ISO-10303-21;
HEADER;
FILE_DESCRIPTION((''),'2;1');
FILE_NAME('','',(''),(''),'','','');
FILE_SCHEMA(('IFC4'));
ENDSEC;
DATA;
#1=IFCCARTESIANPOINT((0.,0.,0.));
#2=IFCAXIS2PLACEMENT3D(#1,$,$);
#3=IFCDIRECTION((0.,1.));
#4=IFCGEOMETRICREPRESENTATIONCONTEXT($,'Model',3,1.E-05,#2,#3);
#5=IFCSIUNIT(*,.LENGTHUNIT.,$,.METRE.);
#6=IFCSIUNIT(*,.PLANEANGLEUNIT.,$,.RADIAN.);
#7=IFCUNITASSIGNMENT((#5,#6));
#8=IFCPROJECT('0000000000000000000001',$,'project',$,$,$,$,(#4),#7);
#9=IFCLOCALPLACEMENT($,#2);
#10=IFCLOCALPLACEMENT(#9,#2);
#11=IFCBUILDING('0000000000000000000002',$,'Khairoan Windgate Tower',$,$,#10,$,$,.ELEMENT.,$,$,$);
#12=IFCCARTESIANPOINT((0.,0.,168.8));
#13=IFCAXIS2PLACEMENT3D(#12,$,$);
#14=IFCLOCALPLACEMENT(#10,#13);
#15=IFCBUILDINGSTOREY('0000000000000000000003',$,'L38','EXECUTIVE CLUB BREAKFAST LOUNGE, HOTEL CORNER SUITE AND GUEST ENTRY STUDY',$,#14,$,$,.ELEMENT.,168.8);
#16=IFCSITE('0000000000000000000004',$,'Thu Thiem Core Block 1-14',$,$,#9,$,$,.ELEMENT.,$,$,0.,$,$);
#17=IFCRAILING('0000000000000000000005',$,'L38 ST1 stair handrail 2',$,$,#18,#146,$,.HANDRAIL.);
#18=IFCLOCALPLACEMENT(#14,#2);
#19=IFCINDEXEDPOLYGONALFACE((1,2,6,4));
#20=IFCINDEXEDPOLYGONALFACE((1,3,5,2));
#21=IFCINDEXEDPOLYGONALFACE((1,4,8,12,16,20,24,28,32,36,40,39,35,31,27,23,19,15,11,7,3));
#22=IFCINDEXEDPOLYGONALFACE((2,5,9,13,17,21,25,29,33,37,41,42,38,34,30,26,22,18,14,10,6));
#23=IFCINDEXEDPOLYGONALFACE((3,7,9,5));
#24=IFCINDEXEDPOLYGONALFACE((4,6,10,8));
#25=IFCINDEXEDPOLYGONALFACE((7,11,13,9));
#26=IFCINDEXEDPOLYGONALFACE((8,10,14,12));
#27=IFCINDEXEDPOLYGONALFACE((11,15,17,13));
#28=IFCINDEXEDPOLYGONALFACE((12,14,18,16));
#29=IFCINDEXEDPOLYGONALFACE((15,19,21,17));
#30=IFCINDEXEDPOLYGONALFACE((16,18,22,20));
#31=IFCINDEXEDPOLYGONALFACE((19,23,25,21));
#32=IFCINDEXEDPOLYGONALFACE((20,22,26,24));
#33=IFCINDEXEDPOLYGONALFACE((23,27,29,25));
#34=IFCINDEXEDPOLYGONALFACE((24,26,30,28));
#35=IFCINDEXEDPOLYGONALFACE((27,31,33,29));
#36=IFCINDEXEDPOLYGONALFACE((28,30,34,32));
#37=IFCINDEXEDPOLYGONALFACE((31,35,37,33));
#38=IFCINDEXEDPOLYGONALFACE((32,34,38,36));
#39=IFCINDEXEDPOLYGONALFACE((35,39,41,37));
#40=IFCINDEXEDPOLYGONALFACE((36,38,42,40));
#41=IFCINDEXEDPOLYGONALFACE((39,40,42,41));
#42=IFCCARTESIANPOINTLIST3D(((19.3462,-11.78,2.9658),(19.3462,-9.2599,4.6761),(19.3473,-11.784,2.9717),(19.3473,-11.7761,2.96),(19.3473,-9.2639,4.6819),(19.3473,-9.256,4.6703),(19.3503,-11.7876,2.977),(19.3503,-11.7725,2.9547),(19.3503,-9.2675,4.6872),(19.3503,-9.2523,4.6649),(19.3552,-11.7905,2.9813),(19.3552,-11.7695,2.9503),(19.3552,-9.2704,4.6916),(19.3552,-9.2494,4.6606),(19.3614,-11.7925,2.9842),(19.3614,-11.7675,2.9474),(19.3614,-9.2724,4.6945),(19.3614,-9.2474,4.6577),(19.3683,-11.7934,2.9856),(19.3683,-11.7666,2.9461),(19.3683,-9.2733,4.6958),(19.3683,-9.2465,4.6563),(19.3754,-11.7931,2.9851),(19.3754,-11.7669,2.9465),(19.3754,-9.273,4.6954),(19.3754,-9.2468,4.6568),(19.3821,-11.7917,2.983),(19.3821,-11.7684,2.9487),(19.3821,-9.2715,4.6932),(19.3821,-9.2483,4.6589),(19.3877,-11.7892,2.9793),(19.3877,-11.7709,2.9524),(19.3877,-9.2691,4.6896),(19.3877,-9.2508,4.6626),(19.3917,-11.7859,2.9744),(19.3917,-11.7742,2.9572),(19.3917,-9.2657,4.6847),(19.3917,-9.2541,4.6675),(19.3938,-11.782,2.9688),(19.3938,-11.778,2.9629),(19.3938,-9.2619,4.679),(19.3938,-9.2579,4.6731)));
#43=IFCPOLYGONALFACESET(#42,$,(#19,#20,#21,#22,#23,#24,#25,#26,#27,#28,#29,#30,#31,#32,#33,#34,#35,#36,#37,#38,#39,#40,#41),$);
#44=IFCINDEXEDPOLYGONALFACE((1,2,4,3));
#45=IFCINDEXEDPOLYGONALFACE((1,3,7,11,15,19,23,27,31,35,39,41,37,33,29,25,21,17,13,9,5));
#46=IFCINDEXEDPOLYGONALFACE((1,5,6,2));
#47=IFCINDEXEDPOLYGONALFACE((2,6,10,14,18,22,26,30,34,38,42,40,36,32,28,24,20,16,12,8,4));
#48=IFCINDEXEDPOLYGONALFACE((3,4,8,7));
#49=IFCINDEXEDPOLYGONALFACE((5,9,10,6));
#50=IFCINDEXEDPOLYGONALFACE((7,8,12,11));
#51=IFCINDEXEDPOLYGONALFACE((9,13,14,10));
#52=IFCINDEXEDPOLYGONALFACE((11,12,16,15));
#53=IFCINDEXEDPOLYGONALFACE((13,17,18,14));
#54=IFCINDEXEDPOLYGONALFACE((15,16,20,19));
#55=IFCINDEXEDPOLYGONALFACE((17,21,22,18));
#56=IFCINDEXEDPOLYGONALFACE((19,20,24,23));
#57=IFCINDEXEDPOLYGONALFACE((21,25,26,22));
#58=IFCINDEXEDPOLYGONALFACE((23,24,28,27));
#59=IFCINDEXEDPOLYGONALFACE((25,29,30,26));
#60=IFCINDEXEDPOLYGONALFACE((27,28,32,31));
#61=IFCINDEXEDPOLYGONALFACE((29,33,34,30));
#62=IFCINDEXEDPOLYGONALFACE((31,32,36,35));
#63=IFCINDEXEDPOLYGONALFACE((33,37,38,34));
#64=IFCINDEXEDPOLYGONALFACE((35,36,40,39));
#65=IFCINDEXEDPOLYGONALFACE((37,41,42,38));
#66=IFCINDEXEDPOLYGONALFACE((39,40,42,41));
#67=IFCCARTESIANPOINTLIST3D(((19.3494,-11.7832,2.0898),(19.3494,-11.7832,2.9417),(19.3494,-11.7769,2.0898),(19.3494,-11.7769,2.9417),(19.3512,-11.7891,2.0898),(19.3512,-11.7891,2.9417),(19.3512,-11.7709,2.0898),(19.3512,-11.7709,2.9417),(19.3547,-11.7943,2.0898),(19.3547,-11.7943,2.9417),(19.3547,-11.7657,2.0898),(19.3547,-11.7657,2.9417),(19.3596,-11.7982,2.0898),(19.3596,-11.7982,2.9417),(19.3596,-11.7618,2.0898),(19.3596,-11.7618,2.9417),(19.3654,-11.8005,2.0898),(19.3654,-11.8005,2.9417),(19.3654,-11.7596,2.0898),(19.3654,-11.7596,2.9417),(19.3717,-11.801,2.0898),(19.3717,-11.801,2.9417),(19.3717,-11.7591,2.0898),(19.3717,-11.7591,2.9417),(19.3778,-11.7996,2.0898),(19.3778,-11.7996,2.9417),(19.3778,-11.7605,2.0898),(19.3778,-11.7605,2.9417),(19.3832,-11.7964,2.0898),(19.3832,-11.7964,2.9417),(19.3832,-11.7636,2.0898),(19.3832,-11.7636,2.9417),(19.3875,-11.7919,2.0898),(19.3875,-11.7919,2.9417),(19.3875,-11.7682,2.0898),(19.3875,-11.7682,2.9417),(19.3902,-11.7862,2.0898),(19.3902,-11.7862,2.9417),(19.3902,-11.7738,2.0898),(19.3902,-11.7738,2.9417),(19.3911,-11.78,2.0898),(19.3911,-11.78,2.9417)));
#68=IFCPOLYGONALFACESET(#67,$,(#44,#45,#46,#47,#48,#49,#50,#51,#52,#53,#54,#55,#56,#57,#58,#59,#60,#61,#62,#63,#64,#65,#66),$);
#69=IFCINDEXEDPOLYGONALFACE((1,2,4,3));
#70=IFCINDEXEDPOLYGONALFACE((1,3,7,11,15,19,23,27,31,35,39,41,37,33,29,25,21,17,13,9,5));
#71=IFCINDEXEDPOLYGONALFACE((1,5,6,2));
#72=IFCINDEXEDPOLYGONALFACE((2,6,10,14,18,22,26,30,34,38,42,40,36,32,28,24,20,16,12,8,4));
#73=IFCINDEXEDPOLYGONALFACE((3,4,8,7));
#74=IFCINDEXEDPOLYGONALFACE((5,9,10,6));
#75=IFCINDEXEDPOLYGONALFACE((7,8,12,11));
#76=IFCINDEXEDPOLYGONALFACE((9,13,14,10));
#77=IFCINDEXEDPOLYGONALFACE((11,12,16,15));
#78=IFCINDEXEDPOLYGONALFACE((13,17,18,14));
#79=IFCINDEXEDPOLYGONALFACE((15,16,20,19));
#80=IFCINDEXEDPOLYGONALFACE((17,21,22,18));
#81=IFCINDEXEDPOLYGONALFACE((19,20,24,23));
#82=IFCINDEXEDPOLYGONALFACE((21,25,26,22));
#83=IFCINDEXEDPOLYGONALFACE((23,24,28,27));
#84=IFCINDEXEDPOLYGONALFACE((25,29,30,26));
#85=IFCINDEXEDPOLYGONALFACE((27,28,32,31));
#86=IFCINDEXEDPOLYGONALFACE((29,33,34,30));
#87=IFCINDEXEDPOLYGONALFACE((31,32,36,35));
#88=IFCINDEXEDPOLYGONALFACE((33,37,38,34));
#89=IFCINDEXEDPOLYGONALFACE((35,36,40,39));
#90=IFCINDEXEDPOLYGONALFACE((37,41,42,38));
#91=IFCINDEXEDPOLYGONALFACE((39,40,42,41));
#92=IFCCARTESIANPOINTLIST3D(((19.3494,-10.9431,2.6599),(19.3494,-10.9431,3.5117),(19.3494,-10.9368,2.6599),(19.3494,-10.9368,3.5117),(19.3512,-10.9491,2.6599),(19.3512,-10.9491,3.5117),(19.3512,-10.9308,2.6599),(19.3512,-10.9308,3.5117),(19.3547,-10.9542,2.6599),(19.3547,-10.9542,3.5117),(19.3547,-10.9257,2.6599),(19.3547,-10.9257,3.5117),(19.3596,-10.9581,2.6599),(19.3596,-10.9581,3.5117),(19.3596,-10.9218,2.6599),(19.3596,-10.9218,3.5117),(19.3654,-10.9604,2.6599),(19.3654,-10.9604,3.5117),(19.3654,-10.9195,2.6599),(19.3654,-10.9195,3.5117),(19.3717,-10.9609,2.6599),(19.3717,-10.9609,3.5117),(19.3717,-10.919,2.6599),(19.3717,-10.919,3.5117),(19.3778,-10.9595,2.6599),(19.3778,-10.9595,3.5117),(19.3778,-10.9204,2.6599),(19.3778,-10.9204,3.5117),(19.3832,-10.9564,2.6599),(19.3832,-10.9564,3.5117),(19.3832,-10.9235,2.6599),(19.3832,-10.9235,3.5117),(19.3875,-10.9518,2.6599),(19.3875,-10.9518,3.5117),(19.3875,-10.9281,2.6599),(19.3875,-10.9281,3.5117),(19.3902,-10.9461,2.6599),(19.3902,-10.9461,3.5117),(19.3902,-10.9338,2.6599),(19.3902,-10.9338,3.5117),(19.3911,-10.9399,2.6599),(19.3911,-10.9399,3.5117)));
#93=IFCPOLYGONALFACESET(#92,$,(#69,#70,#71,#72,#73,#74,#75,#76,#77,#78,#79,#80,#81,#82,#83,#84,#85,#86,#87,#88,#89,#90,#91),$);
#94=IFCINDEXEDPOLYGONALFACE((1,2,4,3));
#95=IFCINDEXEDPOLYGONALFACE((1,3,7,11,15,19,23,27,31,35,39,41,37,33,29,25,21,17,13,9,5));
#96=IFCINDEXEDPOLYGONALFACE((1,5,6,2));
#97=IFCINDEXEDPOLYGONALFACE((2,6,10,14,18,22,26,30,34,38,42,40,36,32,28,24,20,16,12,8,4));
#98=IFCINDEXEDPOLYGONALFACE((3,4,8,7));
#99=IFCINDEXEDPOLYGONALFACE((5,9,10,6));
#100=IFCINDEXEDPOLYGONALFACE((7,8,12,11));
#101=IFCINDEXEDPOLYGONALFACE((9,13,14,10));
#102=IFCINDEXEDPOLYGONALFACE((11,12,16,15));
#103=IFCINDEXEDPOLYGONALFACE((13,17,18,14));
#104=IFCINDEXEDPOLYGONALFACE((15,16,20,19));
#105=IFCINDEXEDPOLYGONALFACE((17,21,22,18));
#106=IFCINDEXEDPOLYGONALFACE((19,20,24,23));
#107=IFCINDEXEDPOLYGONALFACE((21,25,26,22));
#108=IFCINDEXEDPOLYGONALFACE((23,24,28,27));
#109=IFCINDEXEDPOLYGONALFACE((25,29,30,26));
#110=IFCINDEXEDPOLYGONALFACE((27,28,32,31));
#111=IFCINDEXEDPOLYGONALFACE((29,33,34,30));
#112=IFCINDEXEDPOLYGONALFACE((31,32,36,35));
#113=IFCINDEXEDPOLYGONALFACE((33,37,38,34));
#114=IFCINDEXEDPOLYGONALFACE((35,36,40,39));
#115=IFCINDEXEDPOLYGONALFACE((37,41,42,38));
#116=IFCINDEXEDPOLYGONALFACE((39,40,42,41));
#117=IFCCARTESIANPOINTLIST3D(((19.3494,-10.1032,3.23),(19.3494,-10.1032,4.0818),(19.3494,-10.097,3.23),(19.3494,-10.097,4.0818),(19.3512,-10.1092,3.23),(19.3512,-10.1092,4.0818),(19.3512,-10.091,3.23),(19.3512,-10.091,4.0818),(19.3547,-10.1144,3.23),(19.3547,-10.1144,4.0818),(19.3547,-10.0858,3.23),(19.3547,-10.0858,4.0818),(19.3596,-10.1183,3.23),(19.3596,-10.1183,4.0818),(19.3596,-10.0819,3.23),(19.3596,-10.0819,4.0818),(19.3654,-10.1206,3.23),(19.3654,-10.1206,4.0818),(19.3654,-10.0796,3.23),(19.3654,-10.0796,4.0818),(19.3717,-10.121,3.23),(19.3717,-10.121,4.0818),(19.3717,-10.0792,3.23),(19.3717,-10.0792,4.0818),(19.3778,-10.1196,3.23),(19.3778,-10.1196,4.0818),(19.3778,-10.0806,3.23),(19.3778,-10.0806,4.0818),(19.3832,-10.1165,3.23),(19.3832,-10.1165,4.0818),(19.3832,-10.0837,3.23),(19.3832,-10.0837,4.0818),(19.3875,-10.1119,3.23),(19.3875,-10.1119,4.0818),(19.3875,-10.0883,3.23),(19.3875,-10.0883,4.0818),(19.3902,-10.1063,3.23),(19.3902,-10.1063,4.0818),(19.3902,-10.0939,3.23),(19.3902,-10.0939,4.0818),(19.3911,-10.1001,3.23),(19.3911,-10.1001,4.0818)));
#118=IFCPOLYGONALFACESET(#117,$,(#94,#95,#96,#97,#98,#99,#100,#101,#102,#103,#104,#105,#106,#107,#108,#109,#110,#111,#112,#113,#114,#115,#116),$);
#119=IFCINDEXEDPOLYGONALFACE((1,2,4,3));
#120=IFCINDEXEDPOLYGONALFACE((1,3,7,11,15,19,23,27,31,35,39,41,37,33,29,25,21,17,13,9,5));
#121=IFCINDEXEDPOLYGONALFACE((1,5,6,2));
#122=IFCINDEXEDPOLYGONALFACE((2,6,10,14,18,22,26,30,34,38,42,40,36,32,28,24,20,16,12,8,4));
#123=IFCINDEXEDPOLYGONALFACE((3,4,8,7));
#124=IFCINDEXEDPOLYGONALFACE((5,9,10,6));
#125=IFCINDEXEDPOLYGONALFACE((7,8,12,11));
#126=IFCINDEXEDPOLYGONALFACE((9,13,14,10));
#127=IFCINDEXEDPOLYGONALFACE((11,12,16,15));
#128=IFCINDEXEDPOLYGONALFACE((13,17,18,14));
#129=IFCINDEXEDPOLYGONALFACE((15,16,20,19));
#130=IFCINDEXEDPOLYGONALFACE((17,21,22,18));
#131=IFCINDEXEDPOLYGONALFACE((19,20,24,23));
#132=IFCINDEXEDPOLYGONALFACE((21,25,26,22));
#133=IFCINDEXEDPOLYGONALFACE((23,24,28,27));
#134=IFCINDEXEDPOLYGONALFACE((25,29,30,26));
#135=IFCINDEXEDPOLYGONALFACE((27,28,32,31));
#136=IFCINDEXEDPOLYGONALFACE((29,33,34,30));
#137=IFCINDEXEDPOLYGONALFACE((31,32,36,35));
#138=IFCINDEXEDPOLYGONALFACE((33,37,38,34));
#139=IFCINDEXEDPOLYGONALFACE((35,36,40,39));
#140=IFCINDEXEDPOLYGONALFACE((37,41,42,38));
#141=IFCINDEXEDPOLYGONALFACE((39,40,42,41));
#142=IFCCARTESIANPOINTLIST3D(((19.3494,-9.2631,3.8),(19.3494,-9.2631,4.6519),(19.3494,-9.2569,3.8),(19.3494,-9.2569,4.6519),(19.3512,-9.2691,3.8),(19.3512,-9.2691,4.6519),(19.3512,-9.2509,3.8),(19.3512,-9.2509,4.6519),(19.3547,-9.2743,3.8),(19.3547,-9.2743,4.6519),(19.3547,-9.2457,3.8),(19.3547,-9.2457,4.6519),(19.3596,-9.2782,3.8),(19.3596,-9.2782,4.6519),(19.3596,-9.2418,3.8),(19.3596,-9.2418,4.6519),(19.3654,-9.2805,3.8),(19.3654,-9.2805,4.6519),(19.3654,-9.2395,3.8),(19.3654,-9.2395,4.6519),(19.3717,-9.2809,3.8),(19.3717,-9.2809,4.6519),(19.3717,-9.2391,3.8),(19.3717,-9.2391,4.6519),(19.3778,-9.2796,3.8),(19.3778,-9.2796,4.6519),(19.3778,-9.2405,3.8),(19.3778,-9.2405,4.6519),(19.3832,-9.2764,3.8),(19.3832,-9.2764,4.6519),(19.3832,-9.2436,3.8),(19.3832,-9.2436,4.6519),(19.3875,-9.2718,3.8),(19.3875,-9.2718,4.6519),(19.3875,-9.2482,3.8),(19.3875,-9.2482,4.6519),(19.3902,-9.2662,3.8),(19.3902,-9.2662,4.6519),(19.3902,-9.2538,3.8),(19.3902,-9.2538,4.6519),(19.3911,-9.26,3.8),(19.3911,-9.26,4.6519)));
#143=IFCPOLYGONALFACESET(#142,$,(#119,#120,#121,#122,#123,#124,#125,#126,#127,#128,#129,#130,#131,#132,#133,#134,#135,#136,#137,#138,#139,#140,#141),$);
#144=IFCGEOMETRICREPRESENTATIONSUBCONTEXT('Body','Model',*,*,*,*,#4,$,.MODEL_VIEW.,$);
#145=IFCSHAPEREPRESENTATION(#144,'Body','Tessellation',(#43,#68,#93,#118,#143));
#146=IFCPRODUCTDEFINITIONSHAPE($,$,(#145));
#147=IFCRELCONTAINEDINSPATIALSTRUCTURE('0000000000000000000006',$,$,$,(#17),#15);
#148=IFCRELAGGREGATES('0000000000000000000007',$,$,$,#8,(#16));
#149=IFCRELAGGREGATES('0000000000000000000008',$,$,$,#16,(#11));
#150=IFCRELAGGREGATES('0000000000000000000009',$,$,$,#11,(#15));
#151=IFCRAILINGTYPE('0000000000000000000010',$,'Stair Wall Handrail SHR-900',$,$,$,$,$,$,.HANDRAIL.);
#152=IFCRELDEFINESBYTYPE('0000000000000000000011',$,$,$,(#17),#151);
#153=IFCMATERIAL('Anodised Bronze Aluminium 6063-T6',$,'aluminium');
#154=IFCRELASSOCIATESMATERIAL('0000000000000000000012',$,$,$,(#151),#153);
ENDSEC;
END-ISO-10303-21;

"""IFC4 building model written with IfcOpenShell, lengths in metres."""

from ifc_helpers import new_model, si_unit, direction, frame, origin, origin_2d, place, context, subcontext, project, spatial, circle, extrude, material, type_object, element, save


model = new_model("IFC4")

# Units and contexts
model_context = context("Model", 3, precision=1e-05, world=origin(), true_north=direction((0.0, 1.0)))
body_context = subcontext(model_context, "Body", "Model", "MODEL_VIEW")
ifc_project = project(units=[si_unit("LENGTHUNIT", "METRE"), si_unit("PLANEANGLEUNIT", "RADIAN")], contexts=[model_context])

# Site, building, storey
site_placement = place(None, origin())
site = spatial("IfcSite", under=ifc_project, at=site_placement, Name="Thu Thiem Core Block 1-14", CompositionType="ELEMENT", RefElevation=0.0)
building_placement = place(site_placement, origin())
building = spatial("IfcBuilding", under=site, at=building_placement, Name="Khairoan Windgate Tower", CompositionType="ELEMENT")
storey_placement = place(building_placement, frame((0.0, 0.0, 168.8)))
storey = spatial("IfcBuildingStorey", under=building, at=storey_placement, Name="L38", Description="EXECUTIVE CLUB BREAKFAST LOUNGE, HOTEL CORNER SUITE AND GUEST ENTRY STUDY", CompositionType="ELEMENT", Elevation=168.8)

# Railing
ifc_material_1 = material(Name="Anodised Bronze Aluminium 6063-T6", Category="aluminium")
railing_type_1 = type_object("IfcRailingType", Name="Stair Wall Handrail SHR-900", PredefinedType="HANDRAIL", material=ifc_material_1)
railing_1_placement = place(storey_placement, frame((19.3701, -11.78, 2.0898)))
element("IfcRailing", 1, at=railing_1_placement, inside=storey, type_object=railing_type_1, Name="L38 ST1 stair handrail 2", PredefinedType="HANDRAIL", context=body_context, shape_type="SweptSolid", body=[
    extrude(circle(Radius=0.0239, at=origin_2d()), frame((0.0, 0.0, 0.876), z_axis=(0.0, 0.827447, 0.561545), x_axis=(-1.0, 0.0, 0.0)), (0.0, 0.0, 1.0), 3.0457),
    extrude(circle(Radius=0.021, at=origin_2d()), origin(), (0.0, 0.0, 1.0), 0.8518),
    extrude(circle(Radius=0.021, at=origin_2d()), frame((0.0, 0.8401, 0.5701)), (0.0, 0.0, 1.0), 0.8518),
    extrude(circle(Radius=0.021, at=origin_2d()), frame((0.0, 1.6799, 1.1401)), (0.0, 0.0, 1.0), 0.8518),
    extrude(circle(Radius=0.021, at=origin_2d()), frame((0.0, 2.52, 1.7102)), (0.0, 0.0, 1.0), 0.8518),
])

save(model, "model.ifc")
